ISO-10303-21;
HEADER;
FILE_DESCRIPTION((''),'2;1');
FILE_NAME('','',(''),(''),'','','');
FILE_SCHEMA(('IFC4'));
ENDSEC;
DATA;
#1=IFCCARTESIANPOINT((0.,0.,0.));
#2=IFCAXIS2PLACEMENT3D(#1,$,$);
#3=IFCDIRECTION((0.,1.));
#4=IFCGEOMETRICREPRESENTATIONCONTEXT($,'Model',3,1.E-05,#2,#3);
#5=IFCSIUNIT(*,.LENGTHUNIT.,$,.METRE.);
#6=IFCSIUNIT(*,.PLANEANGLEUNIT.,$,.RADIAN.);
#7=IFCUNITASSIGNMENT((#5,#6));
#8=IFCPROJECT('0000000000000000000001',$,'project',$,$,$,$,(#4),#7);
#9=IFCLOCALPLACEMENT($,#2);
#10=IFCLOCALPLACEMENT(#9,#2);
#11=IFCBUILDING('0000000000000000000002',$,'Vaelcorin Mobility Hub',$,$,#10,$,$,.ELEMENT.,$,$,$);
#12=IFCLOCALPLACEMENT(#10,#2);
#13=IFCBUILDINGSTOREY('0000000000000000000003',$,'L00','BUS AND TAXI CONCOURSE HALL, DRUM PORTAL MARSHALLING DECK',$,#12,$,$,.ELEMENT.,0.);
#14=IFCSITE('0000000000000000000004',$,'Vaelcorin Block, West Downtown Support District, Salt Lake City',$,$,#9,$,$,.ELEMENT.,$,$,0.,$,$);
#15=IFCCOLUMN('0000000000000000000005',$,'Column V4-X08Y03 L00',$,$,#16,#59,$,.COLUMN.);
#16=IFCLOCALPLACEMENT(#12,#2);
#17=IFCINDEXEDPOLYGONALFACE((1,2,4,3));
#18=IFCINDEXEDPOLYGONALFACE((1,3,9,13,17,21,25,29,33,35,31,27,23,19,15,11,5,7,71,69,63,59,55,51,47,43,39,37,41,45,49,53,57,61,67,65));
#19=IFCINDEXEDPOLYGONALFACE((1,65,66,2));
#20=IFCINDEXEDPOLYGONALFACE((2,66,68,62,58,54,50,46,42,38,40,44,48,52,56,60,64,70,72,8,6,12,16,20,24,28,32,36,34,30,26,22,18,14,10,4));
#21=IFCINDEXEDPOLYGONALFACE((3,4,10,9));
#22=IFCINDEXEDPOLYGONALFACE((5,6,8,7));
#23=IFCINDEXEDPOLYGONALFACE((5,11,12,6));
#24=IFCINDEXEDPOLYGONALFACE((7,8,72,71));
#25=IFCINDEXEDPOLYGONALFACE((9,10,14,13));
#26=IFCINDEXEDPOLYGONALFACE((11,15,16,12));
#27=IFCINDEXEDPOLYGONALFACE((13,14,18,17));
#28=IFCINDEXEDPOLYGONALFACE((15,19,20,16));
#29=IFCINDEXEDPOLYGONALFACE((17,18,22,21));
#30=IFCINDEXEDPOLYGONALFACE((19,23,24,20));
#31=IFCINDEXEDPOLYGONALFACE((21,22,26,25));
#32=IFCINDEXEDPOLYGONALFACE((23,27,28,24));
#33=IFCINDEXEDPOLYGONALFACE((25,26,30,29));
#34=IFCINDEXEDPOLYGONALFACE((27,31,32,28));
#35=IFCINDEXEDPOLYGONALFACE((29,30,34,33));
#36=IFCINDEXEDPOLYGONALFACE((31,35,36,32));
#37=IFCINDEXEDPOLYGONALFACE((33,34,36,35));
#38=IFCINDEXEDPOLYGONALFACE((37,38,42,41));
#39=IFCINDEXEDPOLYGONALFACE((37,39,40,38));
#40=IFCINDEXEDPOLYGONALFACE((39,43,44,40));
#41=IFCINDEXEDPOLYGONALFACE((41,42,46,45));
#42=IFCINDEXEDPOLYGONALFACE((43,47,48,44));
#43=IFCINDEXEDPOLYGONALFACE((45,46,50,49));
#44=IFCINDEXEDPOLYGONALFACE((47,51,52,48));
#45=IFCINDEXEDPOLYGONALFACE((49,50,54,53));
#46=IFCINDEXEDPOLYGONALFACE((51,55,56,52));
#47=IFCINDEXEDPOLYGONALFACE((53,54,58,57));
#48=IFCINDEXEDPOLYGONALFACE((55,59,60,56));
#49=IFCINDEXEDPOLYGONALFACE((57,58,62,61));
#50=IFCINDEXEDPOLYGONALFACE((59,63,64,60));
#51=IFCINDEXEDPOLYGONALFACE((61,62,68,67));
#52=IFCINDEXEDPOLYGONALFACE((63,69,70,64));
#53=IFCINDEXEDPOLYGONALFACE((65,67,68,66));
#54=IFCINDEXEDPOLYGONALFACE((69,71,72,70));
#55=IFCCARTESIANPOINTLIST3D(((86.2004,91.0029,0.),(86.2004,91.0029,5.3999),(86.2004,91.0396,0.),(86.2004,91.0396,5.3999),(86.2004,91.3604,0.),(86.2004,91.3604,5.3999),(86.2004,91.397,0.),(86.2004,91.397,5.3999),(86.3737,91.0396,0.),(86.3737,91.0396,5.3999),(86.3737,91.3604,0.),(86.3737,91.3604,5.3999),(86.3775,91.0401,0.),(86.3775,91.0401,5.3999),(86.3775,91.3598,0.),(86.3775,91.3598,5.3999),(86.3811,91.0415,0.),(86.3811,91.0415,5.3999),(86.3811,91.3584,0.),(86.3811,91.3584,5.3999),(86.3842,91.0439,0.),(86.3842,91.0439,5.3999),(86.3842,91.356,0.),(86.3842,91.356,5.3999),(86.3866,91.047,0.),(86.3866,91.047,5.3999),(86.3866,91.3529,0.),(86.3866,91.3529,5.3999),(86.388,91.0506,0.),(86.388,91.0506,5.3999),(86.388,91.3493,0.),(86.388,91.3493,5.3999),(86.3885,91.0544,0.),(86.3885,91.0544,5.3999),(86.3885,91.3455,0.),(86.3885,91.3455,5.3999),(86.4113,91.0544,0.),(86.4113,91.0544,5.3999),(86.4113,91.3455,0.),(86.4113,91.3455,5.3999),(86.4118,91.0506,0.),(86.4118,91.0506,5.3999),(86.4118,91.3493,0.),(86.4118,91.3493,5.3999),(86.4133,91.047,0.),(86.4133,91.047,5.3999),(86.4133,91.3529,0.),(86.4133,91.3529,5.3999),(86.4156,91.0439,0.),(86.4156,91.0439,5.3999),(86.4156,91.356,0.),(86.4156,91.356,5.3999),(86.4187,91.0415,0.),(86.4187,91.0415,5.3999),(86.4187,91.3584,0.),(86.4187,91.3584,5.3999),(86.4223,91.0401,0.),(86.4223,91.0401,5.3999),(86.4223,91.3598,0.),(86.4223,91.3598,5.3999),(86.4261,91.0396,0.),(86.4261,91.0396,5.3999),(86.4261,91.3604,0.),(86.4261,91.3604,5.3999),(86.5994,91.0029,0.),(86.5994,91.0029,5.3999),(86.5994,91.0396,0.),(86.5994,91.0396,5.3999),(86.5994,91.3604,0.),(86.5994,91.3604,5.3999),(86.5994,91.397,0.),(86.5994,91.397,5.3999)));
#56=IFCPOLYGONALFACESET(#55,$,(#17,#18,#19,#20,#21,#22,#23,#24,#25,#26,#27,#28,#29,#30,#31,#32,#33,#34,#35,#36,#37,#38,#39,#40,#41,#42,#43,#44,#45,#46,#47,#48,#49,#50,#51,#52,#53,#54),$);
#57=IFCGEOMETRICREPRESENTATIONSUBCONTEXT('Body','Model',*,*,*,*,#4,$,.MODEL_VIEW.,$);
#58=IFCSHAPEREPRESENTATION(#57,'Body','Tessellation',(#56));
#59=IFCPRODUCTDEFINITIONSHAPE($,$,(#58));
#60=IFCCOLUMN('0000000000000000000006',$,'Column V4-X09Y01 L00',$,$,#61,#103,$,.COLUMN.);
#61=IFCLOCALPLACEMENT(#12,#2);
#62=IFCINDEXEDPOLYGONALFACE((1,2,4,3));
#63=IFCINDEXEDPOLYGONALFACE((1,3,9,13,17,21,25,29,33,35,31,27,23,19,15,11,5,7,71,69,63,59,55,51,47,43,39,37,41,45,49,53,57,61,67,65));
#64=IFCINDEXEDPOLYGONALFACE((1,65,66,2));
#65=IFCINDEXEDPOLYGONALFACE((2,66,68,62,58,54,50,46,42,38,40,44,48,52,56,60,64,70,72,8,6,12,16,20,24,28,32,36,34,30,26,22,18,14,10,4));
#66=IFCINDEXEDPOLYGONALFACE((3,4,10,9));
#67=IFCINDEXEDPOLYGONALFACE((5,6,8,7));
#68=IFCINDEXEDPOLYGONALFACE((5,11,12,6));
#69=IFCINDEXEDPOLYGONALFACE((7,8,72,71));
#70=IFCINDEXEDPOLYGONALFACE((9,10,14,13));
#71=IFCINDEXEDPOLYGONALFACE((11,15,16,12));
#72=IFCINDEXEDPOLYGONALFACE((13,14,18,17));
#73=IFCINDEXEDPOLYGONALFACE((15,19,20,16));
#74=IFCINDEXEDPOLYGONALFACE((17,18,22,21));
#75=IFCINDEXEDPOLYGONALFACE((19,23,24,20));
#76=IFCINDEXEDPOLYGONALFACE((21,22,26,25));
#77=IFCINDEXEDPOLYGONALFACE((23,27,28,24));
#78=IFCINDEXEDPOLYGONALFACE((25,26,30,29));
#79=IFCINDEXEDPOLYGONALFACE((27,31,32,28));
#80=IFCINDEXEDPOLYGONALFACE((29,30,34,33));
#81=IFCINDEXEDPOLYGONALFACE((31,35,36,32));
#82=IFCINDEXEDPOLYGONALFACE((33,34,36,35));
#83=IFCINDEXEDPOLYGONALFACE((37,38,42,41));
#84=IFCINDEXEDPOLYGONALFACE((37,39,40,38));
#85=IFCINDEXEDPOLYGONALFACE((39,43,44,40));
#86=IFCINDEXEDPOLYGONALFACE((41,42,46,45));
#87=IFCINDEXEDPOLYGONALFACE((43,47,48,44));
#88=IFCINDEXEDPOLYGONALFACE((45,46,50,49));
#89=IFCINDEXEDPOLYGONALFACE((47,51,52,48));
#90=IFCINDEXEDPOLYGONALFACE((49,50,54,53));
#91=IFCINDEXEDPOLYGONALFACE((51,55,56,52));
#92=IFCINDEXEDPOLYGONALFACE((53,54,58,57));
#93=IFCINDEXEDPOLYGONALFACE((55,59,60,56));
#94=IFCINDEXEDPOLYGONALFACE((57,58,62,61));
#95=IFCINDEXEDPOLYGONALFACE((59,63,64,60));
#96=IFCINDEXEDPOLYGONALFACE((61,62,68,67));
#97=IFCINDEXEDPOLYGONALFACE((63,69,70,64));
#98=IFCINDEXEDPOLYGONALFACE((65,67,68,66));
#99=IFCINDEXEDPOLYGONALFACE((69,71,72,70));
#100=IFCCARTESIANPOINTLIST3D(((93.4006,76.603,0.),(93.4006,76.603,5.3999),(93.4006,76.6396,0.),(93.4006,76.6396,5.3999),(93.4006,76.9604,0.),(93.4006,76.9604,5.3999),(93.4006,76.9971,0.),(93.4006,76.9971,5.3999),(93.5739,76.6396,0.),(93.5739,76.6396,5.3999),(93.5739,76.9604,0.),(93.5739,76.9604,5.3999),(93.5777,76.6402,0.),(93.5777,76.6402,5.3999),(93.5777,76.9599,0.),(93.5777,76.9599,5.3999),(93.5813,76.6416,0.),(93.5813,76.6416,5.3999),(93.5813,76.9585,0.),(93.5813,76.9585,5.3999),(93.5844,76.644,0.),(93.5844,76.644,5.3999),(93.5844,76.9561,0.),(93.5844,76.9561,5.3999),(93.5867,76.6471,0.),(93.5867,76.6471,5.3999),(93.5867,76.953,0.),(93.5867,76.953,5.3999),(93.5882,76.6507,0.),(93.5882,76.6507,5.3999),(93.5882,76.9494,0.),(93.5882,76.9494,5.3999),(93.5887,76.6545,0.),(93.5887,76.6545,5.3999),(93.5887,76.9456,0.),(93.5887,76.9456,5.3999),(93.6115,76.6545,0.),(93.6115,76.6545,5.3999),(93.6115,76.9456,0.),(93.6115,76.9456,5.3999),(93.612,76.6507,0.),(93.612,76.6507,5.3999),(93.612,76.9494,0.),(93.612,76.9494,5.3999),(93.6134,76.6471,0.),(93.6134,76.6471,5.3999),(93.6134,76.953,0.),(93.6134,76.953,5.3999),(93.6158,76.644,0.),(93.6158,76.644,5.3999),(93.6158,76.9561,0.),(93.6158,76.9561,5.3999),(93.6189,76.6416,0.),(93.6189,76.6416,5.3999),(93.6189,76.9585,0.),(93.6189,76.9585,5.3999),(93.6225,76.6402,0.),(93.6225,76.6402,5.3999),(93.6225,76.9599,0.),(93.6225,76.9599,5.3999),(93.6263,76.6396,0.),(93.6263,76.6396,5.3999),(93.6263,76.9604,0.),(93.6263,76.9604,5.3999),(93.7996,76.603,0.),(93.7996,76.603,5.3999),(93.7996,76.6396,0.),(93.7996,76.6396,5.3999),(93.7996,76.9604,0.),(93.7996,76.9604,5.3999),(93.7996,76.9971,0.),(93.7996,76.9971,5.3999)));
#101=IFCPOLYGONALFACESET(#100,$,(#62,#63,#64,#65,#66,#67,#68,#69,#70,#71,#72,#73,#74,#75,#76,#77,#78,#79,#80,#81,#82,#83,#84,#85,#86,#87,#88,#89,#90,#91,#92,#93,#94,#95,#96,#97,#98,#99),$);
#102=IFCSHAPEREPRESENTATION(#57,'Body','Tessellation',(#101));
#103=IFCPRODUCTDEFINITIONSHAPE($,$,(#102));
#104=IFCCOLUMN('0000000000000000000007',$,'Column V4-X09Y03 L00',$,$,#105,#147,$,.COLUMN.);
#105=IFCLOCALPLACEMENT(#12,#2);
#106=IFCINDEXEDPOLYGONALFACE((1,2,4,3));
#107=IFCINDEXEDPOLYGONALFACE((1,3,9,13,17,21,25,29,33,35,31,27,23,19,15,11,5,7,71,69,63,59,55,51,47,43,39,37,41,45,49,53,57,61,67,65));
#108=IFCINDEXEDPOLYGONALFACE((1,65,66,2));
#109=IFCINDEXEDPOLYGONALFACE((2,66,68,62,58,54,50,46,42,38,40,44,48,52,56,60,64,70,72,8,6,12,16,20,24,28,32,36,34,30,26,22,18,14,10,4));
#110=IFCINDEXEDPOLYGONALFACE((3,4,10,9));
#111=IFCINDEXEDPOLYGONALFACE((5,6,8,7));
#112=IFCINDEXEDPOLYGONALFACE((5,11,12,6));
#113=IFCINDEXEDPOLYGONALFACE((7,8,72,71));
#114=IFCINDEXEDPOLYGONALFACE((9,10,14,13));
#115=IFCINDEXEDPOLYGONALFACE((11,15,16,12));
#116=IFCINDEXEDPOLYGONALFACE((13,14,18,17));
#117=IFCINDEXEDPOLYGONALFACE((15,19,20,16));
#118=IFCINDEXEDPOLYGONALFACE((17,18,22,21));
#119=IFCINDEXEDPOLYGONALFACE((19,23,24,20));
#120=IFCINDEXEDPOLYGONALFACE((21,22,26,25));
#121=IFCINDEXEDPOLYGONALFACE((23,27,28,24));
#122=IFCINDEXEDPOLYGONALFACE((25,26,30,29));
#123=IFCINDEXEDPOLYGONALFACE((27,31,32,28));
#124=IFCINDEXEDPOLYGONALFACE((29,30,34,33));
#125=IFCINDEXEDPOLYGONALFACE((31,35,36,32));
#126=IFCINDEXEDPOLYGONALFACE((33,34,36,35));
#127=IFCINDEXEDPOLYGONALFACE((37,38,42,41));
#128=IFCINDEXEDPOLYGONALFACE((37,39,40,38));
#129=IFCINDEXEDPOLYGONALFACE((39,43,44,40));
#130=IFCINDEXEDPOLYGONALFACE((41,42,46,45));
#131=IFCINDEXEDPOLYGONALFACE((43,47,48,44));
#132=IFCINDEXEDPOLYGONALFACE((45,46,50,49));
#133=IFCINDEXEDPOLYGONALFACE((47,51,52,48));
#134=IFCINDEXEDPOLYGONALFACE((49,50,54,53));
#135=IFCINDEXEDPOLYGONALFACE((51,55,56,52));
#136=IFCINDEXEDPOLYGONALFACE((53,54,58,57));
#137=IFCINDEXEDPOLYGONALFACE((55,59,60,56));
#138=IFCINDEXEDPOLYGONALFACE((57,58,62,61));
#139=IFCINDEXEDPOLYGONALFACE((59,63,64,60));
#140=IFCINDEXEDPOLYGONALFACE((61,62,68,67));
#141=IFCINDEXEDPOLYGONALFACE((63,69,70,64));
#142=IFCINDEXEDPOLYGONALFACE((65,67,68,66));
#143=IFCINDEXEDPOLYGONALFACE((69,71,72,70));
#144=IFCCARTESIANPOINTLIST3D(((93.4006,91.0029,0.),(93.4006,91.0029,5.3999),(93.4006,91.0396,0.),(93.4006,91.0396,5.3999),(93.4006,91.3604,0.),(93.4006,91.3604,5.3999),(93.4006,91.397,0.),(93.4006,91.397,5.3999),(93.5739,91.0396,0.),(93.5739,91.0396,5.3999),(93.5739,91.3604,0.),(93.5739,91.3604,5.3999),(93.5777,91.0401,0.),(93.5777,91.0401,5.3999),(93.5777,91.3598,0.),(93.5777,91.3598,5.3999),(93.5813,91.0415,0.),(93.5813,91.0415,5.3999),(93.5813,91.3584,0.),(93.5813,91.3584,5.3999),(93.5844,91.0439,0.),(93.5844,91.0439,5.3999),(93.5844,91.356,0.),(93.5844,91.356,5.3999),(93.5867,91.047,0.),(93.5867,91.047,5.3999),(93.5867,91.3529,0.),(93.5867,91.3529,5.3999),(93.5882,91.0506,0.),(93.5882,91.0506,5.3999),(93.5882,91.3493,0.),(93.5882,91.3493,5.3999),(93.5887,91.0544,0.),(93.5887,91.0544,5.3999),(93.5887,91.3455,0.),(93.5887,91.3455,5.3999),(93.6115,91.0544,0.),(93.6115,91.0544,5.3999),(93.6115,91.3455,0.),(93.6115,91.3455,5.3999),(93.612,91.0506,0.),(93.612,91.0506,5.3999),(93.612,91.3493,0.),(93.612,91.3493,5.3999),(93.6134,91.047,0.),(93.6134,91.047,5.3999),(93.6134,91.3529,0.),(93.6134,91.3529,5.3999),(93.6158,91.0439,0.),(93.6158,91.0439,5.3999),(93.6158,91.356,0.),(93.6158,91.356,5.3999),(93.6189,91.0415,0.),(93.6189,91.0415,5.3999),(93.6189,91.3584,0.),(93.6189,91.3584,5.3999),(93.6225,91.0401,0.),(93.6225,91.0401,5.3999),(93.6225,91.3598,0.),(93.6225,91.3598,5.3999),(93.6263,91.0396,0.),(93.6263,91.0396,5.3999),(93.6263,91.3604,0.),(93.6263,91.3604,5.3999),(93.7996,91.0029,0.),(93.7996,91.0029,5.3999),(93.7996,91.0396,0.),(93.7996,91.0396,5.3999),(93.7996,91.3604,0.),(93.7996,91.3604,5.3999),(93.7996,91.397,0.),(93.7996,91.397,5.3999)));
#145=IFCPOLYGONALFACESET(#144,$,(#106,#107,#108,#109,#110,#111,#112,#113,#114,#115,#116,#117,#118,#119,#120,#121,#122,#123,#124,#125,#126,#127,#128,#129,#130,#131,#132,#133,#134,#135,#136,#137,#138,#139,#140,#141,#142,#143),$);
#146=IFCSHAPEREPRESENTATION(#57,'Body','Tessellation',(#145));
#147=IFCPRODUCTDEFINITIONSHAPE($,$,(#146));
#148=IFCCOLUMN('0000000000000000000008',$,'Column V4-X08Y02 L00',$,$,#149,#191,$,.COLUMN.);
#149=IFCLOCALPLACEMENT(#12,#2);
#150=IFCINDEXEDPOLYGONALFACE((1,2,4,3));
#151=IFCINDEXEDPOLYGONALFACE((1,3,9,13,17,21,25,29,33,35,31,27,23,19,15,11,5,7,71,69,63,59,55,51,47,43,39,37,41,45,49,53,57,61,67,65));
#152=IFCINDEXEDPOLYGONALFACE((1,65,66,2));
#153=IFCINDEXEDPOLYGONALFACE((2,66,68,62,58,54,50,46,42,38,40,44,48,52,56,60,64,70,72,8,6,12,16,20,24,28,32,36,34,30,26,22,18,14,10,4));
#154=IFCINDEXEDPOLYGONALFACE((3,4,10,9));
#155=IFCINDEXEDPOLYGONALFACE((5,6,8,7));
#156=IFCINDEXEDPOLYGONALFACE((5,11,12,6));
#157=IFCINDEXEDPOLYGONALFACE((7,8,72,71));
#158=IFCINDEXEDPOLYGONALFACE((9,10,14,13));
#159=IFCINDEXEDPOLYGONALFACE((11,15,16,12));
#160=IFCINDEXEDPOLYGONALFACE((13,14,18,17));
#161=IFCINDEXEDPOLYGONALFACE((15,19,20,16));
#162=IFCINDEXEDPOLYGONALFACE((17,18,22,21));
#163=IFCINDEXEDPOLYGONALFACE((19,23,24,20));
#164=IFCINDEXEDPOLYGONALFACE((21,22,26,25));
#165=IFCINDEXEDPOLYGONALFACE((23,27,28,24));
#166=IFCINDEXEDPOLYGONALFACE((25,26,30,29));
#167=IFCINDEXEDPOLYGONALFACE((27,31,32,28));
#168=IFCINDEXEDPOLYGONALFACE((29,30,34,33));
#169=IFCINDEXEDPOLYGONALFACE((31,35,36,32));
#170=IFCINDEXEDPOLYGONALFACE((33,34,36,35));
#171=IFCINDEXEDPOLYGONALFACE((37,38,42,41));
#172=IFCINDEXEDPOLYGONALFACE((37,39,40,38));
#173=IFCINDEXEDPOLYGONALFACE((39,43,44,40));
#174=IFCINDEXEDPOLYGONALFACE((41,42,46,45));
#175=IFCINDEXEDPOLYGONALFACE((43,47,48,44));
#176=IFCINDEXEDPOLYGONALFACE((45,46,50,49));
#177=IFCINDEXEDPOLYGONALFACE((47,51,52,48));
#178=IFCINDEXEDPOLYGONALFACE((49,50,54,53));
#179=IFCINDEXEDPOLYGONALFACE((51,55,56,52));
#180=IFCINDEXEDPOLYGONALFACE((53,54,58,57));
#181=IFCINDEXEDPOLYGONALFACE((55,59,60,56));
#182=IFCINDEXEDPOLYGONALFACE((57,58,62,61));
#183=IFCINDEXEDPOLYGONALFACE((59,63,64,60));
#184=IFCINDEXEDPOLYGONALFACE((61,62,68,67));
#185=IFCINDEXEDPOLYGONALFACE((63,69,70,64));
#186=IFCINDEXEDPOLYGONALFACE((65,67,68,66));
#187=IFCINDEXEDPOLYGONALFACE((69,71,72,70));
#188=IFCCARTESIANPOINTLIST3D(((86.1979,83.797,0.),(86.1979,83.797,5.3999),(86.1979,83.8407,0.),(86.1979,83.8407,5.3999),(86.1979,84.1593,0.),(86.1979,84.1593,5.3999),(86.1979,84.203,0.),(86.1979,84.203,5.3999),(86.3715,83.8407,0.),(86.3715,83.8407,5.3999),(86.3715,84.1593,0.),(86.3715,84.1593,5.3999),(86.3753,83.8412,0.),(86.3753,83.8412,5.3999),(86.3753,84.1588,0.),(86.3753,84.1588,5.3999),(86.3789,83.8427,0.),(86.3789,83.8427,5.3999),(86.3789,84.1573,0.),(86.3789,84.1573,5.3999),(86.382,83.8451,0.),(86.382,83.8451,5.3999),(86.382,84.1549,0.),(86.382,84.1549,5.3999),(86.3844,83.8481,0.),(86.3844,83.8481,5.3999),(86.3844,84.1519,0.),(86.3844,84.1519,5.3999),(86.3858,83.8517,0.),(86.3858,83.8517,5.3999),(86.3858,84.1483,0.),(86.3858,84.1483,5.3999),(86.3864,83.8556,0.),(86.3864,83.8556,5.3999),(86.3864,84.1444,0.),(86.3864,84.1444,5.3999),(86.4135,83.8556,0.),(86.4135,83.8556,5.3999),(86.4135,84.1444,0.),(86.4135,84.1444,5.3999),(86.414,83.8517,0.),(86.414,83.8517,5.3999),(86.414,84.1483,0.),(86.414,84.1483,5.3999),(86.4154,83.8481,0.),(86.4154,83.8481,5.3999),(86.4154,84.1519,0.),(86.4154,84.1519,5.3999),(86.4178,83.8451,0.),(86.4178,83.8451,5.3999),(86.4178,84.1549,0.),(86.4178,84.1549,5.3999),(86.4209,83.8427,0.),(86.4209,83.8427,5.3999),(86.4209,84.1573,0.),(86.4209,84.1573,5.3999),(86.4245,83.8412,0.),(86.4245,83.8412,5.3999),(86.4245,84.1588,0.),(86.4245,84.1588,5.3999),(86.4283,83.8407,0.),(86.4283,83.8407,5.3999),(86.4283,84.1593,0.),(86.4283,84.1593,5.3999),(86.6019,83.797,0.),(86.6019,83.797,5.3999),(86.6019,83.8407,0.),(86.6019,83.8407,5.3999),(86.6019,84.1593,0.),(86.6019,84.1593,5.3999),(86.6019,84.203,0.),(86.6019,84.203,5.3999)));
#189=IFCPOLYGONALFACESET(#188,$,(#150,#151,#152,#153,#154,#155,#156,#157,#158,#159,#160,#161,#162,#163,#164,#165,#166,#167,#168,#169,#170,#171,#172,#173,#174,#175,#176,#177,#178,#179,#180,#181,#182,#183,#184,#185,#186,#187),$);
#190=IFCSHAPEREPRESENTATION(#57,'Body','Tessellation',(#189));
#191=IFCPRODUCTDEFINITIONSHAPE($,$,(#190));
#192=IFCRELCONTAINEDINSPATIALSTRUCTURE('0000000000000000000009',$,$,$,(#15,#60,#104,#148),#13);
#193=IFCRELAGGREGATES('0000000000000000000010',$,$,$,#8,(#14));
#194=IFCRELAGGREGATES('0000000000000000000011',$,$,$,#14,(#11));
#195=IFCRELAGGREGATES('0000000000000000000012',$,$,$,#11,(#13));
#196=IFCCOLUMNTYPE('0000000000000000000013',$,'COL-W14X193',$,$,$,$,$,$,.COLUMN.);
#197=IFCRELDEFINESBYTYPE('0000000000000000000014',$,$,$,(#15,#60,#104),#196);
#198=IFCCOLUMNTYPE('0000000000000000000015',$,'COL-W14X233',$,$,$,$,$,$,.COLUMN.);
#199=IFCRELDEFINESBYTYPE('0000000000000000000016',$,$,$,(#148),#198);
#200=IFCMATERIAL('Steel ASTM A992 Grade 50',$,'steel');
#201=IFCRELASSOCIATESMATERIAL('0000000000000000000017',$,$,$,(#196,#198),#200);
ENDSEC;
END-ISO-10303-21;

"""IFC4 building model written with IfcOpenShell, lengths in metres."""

from ifc_helpers import new_model, si_unit, direction, frame, origin, origin_2d, place, context, subcontext, project, spatial, i_section, extrude, material, material_profile, profile_set, type_object, element, save


model = new_model("IFC4")

# Units and contexts
model_context = context("Model", 3, precision=1e-05, world=origin(), true_north=direction((0.0, 1.0)))
body_context = subcontext(model_context, "Body", "Model", "MODEL_VIEW")
ifc_project = project(units=[si_unit("LENGTHUNIT", "METRE"), si_unit("PLANEANGLEUNIT", "RADIAN")], contexts=[model_context])

# Site, building, storey
site_placement = place(None, origin())
site = spatial("IfcSite", under=ifc_project, at=site_placement, Name="Vaelcorin Block, West Downtown Support District, Salt Lake City", CompositionType="ELEMENT", RefElevation=0.0)
building_placement = place(site_placement, origin())
building = spatial("IfcBuilding", under=site, at=building_placement, Name="Vaelcorin Mobility Hub", CompositionType="ELEMENT")
storey_placement = place(building_placement, origin())
storey = spatial("IfcBuildingStorey", under=building, at=storey_placement, Name="L00", Description="BUS AND TAXI CONCOURSE HALL, DRUM PORTAL MARSHALLING DECK", CompositionType="ELEMENT", Elevation=0.0)

# Columns
ifc_material_1 = material(Name="Steel ASTM A992 Grade 50", Category="steel")
ifc_material_profile_1 = material_profile(ifc_material_1, i_section(OverallWidth=0.3989, OverallDepth=0.394, WebThickness=0.0227, FlangeThickness=0.0366, FilletRadius=0.0149, at=origin_2d()), Name="W14X193")
ifc_profile_set_1 = profile_set([ifc_material_profile_1], Name="Steel ASTM A992 Grade 50")
column_type_1 = type_object("IfcColumnType", Name="COL-W14X193", PredefinedType="COLUMN", material=ifc_profile_set_1)
for number, where, z_axis, x_axis, name in (
    (1, (86.3999, 91.2, 0.0), (0.0, 0.0, 1.0), (1.0, 0.0, 0.0), "Column V4-X08Y03 L00"),
    (2, (93.6001, 76.8, 0.0), (0.0, 0.0, 1.0), (1.0, 0.0, 0.0), "Column V4-X09Y01 L00"),
    (3, (93.6001, 91.2, 0.0), (0.0, 0.0, 1.0), (1.0, 0.0, 0.0), "Column V4-X09Y03 L00"),
):
    element("IfcColumn", number, at=place(storey_placement, frame(where, z_axis=z_axis, x_axis=x_axis)), inside=storey, type_object=column_type_1, Name=name, PredefinedType="COLUMN", context=body_context, shape_type="SweptSolid", body=[
        extrude(i_section(OverallWidth=0.3989, OverallDepth=0.394, WebThickness=0.0227, FlangeThickness=0.0366, FilletRadius=0.0149, at=origin_2d()), origin(), (0.0, 0.0, 1.0), 5.3999),
    ])
ifc_material_profile_2 = material_profile(ifc_material_1, i_section(OverallWidth=0.4041, OverallDepth=0.406, WebThickness=0.0271, FlangeThickness=0.0437, FilletRadius=0.0149, at=origin_2d()), Name="W14X233")
ifc_profile_set_2 = profile_set([ifc_material_profile_2], Name="Steel ASTM A992 Grade 50")
column_type_2 = type_object("IfcColumnType", Name="COL-W14X233", PredefinedType="COLUMN", material=ifc_profile_set_2)
for number, where, z_axis, x_axis, name in (
    (4, (86.3999, 84.0, 0.0), (0.0, 0.0, 1.0), (1.0, 0.0, 0.0), "Column V4-X08Y02 L00"),
):
    element("IfcColumn", number, at=place(storey_placement, frame(where, z_axis=z_axis, x_axis=x_axis)), inside=storey, type_object=column_type_2, Name=name, PredefinedType="COLUMN", context=body_context, shape_type="SweptSolid", body=[
        extrude(i_section(OverallWidth=0.4041, OverallDepth=0.406, WebThickness=0.0271, FlangeThickness=0.0437, FilletRadius=0.0149, at=origin_2d()), origin(), (0.0, 0.0, 1.0), 5.3999),
    ])

save(model, "model.ifc")
